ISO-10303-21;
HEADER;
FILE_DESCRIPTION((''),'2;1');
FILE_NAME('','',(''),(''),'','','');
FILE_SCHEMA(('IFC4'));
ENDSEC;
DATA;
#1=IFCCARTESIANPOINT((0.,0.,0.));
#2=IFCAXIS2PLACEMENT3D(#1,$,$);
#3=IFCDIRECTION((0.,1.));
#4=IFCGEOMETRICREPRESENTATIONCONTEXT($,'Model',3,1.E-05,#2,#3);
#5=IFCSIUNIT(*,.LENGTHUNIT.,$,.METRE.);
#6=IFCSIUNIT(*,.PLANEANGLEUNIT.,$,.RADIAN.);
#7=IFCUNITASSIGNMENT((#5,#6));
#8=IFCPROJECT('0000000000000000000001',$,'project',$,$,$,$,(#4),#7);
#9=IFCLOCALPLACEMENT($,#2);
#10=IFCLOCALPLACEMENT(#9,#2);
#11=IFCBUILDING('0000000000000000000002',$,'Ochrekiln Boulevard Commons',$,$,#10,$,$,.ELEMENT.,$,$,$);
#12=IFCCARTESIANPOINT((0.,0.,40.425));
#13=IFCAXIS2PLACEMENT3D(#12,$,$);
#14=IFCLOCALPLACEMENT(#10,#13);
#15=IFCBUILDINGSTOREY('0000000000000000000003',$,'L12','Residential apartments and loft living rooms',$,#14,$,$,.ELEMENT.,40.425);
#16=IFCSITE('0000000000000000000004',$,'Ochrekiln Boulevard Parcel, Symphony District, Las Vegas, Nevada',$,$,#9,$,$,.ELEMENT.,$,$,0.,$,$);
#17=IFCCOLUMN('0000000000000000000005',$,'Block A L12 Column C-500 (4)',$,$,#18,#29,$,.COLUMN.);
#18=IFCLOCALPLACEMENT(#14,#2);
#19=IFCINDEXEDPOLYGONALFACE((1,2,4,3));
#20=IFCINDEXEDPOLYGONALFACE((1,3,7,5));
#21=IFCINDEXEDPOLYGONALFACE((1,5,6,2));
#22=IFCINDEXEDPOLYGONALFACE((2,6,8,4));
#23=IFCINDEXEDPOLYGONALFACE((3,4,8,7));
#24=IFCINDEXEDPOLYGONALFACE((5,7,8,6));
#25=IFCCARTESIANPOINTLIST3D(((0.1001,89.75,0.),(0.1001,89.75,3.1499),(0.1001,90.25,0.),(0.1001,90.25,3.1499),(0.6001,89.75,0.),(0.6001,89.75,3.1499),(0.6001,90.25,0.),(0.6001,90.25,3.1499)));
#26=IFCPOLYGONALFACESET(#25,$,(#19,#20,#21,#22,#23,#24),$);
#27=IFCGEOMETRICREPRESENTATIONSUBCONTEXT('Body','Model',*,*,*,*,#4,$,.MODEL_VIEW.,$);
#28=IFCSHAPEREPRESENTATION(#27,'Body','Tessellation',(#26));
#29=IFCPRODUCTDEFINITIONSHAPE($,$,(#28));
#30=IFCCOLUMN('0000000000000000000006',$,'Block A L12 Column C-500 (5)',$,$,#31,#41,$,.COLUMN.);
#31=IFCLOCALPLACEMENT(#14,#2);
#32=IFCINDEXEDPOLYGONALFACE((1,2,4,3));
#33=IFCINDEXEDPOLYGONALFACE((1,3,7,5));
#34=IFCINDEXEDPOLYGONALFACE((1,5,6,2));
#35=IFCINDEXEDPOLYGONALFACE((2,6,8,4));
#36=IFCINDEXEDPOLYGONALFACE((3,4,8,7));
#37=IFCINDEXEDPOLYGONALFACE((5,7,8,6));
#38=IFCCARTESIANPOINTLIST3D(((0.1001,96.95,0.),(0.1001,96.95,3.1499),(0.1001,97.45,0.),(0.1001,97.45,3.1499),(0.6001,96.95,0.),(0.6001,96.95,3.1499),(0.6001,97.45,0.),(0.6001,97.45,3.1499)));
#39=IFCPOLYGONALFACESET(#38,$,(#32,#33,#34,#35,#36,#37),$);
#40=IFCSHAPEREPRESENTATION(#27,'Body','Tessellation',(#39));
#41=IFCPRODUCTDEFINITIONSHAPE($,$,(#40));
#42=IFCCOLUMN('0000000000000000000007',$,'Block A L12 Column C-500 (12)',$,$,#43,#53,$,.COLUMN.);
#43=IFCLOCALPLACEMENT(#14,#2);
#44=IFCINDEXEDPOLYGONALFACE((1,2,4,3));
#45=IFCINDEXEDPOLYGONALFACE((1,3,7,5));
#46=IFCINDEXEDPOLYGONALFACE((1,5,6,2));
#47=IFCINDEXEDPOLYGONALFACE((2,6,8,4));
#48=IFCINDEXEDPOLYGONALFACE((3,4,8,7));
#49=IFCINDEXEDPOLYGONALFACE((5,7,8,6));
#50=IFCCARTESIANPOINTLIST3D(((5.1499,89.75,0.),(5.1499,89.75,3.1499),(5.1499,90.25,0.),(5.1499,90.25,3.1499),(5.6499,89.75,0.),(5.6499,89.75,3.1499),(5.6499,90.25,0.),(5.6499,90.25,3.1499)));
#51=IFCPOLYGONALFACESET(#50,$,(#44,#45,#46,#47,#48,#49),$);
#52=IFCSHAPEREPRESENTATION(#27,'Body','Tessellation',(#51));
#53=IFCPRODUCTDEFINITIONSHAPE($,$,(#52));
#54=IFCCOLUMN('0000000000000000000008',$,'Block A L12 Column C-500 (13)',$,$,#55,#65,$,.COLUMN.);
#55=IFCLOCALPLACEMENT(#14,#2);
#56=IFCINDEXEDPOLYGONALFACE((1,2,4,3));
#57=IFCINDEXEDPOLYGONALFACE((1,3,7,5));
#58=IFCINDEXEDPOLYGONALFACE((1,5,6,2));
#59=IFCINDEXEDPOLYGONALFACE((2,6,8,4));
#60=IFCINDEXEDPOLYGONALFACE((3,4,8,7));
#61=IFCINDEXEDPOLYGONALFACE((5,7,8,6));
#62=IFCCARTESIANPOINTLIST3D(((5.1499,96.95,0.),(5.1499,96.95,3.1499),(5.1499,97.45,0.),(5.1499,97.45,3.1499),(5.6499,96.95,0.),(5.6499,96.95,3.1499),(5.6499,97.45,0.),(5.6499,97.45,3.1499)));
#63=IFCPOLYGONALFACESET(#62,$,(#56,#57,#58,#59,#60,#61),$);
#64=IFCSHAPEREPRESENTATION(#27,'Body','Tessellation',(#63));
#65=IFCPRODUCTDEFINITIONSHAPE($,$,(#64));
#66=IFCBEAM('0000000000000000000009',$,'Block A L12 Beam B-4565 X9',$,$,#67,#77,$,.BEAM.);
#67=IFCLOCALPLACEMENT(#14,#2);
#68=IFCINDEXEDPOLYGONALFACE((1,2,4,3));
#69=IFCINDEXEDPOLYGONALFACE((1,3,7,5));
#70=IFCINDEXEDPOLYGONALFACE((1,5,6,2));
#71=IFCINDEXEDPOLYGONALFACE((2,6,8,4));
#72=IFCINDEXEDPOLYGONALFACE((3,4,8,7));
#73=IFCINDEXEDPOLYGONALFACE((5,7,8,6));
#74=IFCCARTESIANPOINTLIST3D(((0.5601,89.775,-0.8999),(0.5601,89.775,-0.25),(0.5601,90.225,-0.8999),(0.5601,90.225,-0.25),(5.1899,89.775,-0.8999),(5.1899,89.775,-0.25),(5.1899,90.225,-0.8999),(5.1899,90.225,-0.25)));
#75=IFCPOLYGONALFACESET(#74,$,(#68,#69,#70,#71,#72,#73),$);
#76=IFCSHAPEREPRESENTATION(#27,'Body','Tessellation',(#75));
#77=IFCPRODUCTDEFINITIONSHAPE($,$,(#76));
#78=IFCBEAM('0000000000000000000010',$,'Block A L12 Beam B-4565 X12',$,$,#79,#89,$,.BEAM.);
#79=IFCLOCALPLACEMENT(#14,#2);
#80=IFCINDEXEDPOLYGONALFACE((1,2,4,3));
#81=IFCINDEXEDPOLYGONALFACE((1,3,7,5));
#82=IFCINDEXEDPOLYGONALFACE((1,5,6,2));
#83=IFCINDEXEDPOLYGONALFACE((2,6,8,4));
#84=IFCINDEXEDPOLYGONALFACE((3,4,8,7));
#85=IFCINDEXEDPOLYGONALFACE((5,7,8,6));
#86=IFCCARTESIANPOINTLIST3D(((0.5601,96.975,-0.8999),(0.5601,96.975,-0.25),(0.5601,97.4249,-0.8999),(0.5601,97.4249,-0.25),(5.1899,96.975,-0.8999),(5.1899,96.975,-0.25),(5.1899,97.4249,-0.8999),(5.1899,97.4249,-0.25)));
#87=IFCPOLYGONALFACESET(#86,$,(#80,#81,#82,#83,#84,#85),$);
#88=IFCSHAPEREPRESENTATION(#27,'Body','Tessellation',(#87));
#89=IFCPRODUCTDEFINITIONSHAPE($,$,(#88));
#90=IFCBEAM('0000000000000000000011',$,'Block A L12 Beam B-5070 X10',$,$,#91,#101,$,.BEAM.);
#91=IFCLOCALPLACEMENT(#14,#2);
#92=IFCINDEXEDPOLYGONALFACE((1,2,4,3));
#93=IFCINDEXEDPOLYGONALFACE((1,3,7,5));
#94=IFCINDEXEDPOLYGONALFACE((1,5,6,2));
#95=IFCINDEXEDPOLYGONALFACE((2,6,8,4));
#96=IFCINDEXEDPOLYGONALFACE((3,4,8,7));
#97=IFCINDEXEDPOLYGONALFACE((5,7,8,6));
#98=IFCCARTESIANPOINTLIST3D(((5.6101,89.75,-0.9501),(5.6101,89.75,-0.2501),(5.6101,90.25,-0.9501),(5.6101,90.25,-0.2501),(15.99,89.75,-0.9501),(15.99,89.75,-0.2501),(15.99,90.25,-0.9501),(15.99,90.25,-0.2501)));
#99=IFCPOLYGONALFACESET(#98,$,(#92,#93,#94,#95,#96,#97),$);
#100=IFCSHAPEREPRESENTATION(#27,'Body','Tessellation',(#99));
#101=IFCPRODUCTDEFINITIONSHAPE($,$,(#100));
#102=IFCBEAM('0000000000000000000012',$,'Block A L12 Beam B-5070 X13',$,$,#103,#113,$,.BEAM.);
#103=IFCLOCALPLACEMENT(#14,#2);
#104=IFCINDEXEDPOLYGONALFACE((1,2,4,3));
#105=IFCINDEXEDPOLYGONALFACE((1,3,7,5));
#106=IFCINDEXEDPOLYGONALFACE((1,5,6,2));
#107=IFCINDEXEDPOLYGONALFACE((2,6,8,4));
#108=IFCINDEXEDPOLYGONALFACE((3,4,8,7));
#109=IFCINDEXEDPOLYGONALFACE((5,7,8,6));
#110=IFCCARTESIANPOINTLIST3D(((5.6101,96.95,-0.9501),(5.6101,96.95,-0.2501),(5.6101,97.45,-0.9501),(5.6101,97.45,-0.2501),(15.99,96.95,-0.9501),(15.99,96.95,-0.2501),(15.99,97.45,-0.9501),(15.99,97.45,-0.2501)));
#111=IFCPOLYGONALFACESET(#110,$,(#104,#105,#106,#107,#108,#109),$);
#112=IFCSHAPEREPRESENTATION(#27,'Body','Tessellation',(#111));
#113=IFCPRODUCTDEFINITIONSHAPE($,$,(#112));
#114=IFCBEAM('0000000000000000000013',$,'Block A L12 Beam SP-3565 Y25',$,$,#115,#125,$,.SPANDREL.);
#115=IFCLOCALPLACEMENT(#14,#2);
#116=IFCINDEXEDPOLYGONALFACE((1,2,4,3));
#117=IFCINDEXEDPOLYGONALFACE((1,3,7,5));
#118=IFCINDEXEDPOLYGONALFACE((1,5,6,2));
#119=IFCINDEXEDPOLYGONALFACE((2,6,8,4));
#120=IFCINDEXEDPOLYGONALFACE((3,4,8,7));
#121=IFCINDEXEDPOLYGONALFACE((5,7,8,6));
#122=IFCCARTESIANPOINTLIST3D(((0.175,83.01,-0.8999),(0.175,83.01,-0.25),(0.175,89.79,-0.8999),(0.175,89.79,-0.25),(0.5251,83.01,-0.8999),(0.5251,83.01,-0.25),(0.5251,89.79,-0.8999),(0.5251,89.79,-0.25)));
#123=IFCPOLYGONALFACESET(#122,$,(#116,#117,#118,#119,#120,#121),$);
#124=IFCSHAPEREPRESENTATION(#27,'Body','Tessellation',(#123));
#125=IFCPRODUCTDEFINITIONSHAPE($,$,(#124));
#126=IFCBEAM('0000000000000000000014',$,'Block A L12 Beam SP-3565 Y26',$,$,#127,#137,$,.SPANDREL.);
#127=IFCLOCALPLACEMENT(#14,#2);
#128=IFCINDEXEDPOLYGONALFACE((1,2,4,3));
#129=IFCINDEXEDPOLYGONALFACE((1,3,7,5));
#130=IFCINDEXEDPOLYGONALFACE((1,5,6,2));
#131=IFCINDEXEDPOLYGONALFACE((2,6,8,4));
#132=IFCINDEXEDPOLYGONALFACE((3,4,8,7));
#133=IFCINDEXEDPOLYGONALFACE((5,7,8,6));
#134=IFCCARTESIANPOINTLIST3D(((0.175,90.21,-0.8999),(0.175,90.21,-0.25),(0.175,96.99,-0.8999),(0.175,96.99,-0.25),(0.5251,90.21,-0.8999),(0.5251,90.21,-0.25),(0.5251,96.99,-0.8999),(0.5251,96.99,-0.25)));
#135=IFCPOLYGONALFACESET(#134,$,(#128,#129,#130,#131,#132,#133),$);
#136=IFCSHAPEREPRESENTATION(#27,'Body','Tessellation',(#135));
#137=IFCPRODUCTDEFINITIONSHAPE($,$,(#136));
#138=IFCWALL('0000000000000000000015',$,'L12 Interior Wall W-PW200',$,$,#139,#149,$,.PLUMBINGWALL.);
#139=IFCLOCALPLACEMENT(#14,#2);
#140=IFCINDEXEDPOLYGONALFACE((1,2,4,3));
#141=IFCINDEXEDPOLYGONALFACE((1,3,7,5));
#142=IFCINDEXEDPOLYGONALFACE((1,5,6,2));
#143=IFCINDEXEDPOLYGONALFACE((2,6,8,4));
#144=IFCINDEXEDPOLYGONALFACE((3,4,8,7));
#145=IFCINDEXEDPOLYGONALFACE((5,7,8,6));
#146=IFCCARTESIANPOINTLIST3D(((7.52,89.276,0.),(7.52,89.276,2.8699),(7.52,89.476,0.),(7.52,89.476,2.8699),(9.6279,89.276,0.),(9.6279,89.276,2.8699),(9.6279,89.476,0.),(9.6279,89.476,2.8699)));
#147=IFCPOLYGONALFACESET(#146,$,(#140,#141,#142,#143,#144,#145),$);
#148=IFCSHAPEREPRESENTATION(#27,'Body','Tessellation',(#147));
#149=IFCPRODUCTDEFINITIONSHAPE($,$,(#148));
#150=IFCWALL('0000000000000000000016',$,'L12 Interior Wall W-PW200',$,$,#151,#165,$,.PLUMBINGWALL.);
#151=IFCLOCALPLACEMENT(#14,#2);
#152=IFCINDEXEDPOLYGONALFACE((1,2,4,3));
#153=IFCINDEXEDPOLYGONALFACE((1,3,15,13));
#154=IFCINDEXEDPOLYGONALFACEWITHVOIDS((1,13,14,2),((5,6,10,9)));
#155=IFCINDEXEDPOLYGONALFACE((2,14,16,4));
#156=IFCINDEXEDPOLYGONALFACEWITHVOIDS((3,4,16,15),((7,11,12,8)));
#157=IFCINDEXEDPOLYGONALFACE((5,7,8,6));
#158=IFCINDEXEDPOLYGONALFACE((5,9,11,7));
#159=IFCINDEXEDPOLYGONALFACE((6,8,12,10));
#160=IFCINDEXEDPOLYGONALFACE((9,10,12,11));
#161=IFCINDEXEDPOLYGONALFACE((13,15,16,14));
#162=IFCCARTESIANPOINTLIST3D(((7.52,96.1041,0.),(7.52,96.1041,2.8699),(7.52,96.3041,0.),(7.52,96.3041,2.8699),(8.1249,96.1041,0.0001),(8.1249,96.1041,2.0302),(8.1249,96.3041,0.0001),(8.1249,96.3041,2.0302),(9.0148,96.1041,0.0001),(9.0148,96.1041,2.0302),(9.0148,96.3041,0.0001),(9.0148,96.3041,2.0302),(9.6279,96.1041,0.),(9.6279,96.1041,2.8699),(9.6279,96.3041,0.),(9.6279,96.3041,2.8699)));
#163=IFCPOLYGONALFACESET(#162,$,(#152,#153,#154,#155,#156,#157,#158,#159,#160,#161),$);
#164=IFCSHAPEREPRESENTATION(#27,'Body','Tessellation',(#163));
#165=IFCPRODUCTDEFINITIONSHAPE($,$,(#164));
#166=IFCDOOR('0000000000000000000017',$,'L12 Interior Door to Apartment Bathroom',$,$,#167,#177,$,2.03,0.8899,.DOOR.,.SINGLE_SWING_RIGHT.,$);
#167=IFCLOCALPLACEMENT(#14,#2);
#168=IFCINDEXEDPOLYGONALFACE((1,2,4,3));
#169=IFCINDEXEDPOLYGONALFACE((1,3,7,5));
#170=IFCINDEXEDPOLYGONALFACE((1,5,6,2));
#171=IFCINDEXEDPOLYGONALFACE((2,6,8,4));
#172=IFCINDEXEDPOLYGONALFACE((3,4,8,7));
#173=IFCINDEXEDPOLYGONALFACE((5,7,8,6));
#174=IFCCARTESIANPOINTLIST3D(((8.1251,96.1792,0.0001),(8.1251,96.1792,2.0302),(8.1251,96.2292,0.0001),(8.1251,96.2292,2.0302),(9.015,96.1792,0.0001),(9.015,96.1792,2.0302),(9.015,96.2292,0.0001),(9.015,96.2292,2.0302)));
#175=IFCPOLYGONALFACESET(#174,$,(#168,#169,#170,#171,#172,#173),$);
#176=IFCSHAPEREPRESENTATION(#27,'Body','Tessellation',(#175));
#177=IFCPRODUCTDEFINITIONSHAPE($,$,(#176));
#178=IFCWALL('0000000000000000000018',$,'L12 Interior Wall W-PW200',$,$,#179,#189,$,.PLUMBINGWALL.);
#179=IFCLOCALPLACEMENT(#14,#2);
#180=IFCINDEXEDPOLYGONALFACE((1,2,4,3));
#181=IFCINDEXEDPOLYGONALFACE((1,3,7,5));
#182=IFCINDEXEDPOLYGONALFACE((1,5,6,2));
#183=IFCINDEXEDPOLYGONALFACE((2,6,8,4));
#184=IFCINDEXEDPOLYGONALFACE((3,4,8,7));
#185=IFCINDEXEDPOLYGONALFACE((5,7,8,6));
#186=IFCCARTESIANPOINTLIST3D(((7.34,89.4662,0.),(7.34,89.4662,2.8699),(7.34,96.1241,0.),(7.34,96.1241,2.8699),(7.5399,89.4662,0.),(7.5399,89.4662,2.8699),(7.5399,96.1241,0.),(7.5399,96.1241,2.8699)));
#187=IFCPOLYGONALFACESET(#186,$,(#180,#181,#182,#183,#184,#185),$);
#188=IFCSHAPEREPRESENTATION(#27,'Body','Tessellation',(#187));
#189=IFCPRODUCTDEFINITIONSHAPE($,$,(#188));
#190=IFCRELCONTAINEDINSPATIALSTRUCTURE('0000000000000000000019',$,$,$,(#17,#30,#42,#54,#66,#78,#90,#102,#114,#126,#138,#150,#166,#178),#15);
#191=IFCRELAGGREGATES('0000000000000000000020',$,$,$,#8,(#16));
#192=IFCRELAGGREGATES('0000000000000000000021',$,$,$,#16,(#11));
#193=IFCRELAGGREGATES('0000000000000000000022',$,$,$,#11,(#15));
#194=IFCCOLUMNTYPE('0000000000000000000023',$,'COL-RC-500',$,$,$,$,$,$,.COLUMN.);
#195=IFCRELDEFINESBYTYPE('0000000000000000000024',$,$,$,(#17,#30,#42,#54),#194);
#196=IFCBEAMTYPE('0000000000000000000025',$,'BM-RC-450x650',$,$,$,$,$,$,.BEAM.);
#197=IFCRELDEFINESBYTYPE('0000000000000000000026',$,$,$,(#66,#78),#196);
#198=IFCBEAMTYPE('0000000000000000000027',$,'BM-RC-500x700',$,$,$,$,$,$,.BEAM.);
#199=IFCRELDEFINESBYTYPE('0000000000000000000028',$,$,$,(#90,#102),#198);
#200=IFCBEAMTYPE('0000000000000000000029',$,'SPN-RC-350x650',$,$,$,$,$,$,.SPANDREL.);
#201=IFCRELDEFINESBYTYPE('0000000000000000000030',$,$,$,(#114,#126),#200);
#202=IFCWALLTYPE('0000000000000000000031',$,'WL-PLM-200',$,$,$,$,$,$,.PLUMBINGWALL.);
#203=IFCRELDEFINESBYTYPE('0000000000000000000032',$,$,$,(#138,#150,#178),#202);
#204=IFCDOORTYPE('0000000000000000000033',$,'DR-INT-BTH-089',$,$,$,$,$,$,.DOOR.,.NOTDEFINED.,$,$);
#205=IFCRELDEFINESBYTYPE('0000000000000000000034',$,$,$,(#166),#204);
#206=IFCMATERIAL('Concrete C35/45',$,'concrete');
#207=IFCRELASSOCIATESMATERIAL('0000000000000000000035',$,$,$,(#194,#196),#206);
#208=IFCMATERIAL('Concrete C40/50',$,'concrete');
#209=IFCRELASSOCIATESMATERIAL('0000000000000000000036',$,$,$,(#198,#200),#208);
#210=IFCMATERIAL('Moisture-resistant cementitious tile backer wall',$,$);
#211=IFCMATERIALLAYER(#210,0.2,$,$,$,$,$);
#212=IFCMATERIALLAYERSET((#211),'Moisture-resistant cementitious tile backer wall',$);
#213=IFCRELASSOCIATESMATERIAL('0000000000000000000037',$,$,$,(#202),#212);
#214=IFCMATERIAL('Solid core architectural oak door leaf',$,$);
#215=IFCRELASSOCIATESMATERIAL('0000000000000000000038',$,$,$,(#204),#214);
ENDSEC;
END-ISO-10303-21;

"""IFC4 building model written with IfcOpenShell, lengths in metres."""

from ifc_helpers import new_model, si_unit, direction, frame, frame_2d, origin, origin_2d, place, context, subcontext, project, spatial, rectangle, extrude, material, layer, layer_set, material_profile, profile_set, type_object, element, fill, save


model = new_model("IFC4")

# Units and contexts
model_context = context("Model", 3, precision=1e-05, world=origin(), true_north=direction((0.0, 1.0)))
body_context = subcontext(model_context, "Body", "Model", "MODEL_VIEW")
ifc_project = project(units=[si_unit("LENGTHUNIT", "METRE"), si_unit("PLANEANGLEUNIT", "RADIAN")], contexts=[model_context])

# Site, building, storey
site_placement = place(None, origin())
site = spatial("IfcSite", under=ifc_project, at=site_placement, Name="Ochrekiln Boulevard Parcel, Symphony District, Las Vegas, Nevada", CompositionType="ELEMENT", RefElevation=0.0)
building_placement = place(site_placement, origin())
building = spatial("IfcBuilding", under=site, at=building_placement, Name="Ochrekiln Boulevard Commons", CompositionType="ELEMENT")
storey_placement = place(building_placement, frame((0.0, 0.0, 40.425)))
storey = spatial("IfcBuildingStorey", under=building, at=storey_placement, Name="L12", Description="Residential apartments and loft living rooms", CompositionType="ELEMENT", Elevation=40.425)

# Columns
ifc_material_1 = material(Name="Concrete C35/45", Category="concrete")
ifc_material_profile_1 = material_profile(ifc_material_1, rectangle(XDim=0.5, YDim=0.5, at=origin_2d()), Name="RC-COL-500x500")
ifc_profile_set_1 = profile_set([ifc_material_profile_1], Name="Concrete C35/45")
column_type = type_object("IfcColumnType", Name="COL-RC-500", PredefinedType="COLUMN", material=ifc_profile_set_1)
for number, where, z_axis, x_axis, name in (
    (1, (0.3501, 90.0, 0.0), (0.0, 0.0, 1.0), (1.0, 0.0, 0.0), "Block A L12 Column C-500 (4)"),
    (2, (0.3501, 97.2, 0.0), (0.0, 0.0, 1.0), (1.0, 0.0, 0.0), "Block A L12 Column C-500 (5)"),
    (3, (5.3999, 90.0, 0.0), (0.0, 0.0, 1.0), (1.0, 0.0, 0.0), "Block A L12 Column C-500 (12)"),
    (4, (5.3999, 97.2, 0.0), (0.0, 0.0, 1.0), (1.0, 0.0, 0.0), "Block A L12 Column C-500 (13)"),
):
    element("IfcColumn", number, at=place(storey_placement, frame(where, z_axis=z_axis, x_axis=x_axis)), inside=storey, type_object=column_type, Name=name, PredefinedType="COLUMN", context=body_context, shape_type="SweptSolid", body=[
        extrude(rectangle(XDim=0.5, YDim=0.5, at=origin_2d()), origin(), (0.0, 0.0, 1.0), 3.1499),
    ])

# Beams
ifc_material_profile_2 = material_profile(ifc_material_1, rectangle(XDim=0.45, YDim=0.6499, at=origin_2d()), Name="RC-BM-450x650")
ifc_profile_set_2 = profile_set([ifc_material_profile_2], Name="Concrete C35/45")
beam_type_1 = type_object("IfcBeamType", Name="BM-RC-450x650", PredefinedType="BEAM", material=ifc_profile_set_2)
for number, where, z_axis, x_axis, name in (
    (5, (0.5601, 90.0, -0.575), (1.0, 0.0, 0.0), (0.0, 1.0, 0.0), "Block A L12 Beam B-4565 X9"),
    (6, (0.5601, 97.2, -0.575), (1.0, 0.0, 0.0), (0.0, 1.0, 0.0), "Block A L12 Beam B-4565 X12"),
):
    element("IfcBeam", number, at=place(storey_placement, frame(where, z_axis=z_axis, x_axis=x_axis)), inside=storey, type_object=beam_type_1, Name=name, PredefinedType="BEAM", context=body_context, shape_type="SweptSolid", body=[
        extrude(rectangle(XDim=0.45, YDim=0.6499, at=origin_2d()), origin(), (0.0, 0.0, 1.0), 4.6299),
    ])
ifc_material_2 = material(Name="Concrete C40/50", Category="concrete")
ifc_material_profile_3 = material_profile(ifc_material_2, rectangle(XDim=0.5, YDim=0.7, at=origin_2d()), Name="RC-BM-500x700")
ifc_profile_set_3 = profile_set([ifc_material_profile_3], Name="Concrete C40/50")
beam_type_2 = type_object("IfcBeamType", Name="BM-RC-500x700", PredefinedType="BEAM", material=ifc_profile_set_3)
for number, where, z_axis, x_axis, name in (
    (7, (5.6101, 90.0, -0.6001), (1.0, 0.0, 0.0), (0.0, 1.0, 0.0), "Block A L12 Beam B-5070 X10"),
    (8, (5.6101, 97.2, -0.6001), (1.0, 0.0, 0.0), (0.0, 1.0, 0.0), "Block A L12 Beam B-5070 X13"),
):
    element("IfcBeam", number, at=place(storey_placement, frame(where, z_axis=z_axis, x_axis=x_axis)), inside=storey, type_object=beam_type_2, Name=name, PredefinedType="BEAM", context=body_context, shape_type="SweptSolid", body=[
        extrude(rectangle(XDim=0.5, YDim=0.7, at=origin_2d()), origin(), (0.0, 0.0, 1.0), 10.3799),
    ])
ifc_material_profile_4 = material_profile(ifc_material_2, rectangle(XDim=0.3501, YDim=0.6499, at=origin_2d()), Name="RC-SPN-350x650")
ifc_profile_set_4 = profile_set([ifc_material_profile_4], Name="Concrete C40/50")
beam_type_3 = type_object("IfcBeamType", Name="SPN-RC-350x650", PredefinedType="SPANDREL", material=ifc_profile_set_4)
for number, where, z_axis, x_axis, name in (
    (9, (0.3501, 83.01, -0.575), (0.0, 1.0, 0.0), (-1.0, 0.0, 0.0), "Block A L12 Beam SP-3565 Y25"),
    (10, (0.3501, 90.21, -0.575), (0.0, 1.0, 0.0), (-1.0, 0.0, 0.0), "Block A L12 Beam SP-3565 Y26"),
):
    element("IfcBeam", number, at=place(storey_placement, frame(where, z_axis=z_axis, x_axis=x_axis)), inside=storey, type_object=beam_type_3, Name=name, PredefinedType="SPANDREL", context=body_context, shape_type="SweptSolid", body=[
        extrude(rectangle(XDim=0.3501, YDim=0.6499, at=origin_2d()), origin(), (0.0, 0.0, 1.0), 6.78),
    ])

# Wall
ifc_material_3 = material(Name="Moisture-resistant cementitious tile backer wall")
ifc_layer_1 = layer(ifc_material_3, 0.2)
ifc_layer_set_1 = layer_set([ifc_layer_1], Name="Moisture-resistant cementitious tile backer wall")
wall_type_1 = type_object("IfcWallType", Name="WL-PLM-200", PredefinedType="PLUMBINGWALL", material=ifc_layer_set_1)
wall_1_placement = place(storey_placement, frame((7.52, 89.376, 0.0), z_axis=(0.0, 0.0, 1.0), x_axis=(1.0, 0.0, 0.0)))
element("IfcWall", 11, at=wall_1_placement, inside=storey, type_object=wall_type_1, Name="L12 Interior Wall W-PW200", PredefinedType="PLUMBINGWALL", context=body_context, shape_type="SweptSolid", body=[
    extrude(rectangle(XDim=2.1079, YDim=0.2, at=frame_2d((1.054, 0.0))), origin(), (0.0, 0.0, 1.0), 2.8699),
])

# Wall, opening, door
wall_2_placement = place(storey_placement, frame((7.52, 96.2041, 0.0), z_axis=(0.0, 0.0, 1.0), x_axis=(1.0, 0.0, 0.0)))
wall_2 = element("IfcWall", 12, at=wall_2_placement, inside=storey, type_object=wall_type_1, Name="L12 Interior Wall W-PW200", PredefinedType="PLUMBINGWALL", context=body_context, shape_type="SweptSolid", body=[
    extrude(rectangle(XDim=2.1079, YDim=0.2, at=frame_2d((1.054, 0.0))), origin(), (0.0, 0.0, 1.0), 2.8699),
])
opening_1_placement = place(wall_2_placement, frame((0.605, 0.0, 0.0)))
opening_1 = element("IfcOpeningElement", 13, at=opening_1_placement, cuts=wall_2, PredefinedType="OPENING", context=body_context, shape_type="SweptSolid", body=[
    extrude(rectangle(XDim=0.8899, YDim=2.03, at=frame_2d((0.4448, 1.0151))), frame((0.0, 0.1099, 0.0), z_axis=(0.0, -1.0, 0.0), x_axis=(1.0, 0.0, 0.0)), (0.0, 0.0, 1.0), 0.22),
])
ifc_material_4 = material(Name="Solid core architectural oak door leaf")
door_type_1 = type_object("IfcDoorType", Name="DR-INT-BTH-089", OperationType="NOTDEFINED", PredefinedType="DOOR", material=ifc_material_4)
door_1_placement = place(opening_1_placement, frame((0.8899, 0.0, 0.0), z_axis=(0.0, 0.0, 1.0), x_axis=(-1.0, 0.0, 0.0)))
door_1 = element("IfcDoor", 14, at=door_1_placement, inside=storey, type_object=door_type_1, Name="L12 Interior Door to Apartment Bathroom", OperationType="SINGLE_SWING_RIGHT", OverallHeight=2.03, OverallWidth=0.8899, PredefinedType="DOOR", context=body_context, shape_type="SweptSolid", body=[
    extrude(rectangle(XDim=0.8899, YDim=2.03, at=frame_2d((0.4448, 1.0151))), frame((0.0, 0.0249, 0.0), z_axis=(0.0, -1.0, 0.0), x_axis=(1.0, 0.0, 0.0)), (0.0, 0.0, 1.0), 0.05),
])
fill(opening_1, door_1)

# Wall
wall_3_placement = place(storey_placement, frame((7.4399, 89.4661, 0.0), z_axis=(0.0, 0.0, 1.0), x_axis=(0.0, 1.0, 0.0)))
element("IfcWall", 15, at=wall_3_placement, inside=storey, type_object=wall_type_1, Name="L12 Interior Wall W-PW200", PredefinedType="PLUMBINGWALL", context=body_context, shape_type="SweptSolid", body=[
    extrude(rectangle(XDim=6.658, YDim=0.2, at=frame_2d((3.3291, 0.0))), origin(), (0.0, 0.0, 1.0), 2.8699),
])

save(model, "model.ifc")
